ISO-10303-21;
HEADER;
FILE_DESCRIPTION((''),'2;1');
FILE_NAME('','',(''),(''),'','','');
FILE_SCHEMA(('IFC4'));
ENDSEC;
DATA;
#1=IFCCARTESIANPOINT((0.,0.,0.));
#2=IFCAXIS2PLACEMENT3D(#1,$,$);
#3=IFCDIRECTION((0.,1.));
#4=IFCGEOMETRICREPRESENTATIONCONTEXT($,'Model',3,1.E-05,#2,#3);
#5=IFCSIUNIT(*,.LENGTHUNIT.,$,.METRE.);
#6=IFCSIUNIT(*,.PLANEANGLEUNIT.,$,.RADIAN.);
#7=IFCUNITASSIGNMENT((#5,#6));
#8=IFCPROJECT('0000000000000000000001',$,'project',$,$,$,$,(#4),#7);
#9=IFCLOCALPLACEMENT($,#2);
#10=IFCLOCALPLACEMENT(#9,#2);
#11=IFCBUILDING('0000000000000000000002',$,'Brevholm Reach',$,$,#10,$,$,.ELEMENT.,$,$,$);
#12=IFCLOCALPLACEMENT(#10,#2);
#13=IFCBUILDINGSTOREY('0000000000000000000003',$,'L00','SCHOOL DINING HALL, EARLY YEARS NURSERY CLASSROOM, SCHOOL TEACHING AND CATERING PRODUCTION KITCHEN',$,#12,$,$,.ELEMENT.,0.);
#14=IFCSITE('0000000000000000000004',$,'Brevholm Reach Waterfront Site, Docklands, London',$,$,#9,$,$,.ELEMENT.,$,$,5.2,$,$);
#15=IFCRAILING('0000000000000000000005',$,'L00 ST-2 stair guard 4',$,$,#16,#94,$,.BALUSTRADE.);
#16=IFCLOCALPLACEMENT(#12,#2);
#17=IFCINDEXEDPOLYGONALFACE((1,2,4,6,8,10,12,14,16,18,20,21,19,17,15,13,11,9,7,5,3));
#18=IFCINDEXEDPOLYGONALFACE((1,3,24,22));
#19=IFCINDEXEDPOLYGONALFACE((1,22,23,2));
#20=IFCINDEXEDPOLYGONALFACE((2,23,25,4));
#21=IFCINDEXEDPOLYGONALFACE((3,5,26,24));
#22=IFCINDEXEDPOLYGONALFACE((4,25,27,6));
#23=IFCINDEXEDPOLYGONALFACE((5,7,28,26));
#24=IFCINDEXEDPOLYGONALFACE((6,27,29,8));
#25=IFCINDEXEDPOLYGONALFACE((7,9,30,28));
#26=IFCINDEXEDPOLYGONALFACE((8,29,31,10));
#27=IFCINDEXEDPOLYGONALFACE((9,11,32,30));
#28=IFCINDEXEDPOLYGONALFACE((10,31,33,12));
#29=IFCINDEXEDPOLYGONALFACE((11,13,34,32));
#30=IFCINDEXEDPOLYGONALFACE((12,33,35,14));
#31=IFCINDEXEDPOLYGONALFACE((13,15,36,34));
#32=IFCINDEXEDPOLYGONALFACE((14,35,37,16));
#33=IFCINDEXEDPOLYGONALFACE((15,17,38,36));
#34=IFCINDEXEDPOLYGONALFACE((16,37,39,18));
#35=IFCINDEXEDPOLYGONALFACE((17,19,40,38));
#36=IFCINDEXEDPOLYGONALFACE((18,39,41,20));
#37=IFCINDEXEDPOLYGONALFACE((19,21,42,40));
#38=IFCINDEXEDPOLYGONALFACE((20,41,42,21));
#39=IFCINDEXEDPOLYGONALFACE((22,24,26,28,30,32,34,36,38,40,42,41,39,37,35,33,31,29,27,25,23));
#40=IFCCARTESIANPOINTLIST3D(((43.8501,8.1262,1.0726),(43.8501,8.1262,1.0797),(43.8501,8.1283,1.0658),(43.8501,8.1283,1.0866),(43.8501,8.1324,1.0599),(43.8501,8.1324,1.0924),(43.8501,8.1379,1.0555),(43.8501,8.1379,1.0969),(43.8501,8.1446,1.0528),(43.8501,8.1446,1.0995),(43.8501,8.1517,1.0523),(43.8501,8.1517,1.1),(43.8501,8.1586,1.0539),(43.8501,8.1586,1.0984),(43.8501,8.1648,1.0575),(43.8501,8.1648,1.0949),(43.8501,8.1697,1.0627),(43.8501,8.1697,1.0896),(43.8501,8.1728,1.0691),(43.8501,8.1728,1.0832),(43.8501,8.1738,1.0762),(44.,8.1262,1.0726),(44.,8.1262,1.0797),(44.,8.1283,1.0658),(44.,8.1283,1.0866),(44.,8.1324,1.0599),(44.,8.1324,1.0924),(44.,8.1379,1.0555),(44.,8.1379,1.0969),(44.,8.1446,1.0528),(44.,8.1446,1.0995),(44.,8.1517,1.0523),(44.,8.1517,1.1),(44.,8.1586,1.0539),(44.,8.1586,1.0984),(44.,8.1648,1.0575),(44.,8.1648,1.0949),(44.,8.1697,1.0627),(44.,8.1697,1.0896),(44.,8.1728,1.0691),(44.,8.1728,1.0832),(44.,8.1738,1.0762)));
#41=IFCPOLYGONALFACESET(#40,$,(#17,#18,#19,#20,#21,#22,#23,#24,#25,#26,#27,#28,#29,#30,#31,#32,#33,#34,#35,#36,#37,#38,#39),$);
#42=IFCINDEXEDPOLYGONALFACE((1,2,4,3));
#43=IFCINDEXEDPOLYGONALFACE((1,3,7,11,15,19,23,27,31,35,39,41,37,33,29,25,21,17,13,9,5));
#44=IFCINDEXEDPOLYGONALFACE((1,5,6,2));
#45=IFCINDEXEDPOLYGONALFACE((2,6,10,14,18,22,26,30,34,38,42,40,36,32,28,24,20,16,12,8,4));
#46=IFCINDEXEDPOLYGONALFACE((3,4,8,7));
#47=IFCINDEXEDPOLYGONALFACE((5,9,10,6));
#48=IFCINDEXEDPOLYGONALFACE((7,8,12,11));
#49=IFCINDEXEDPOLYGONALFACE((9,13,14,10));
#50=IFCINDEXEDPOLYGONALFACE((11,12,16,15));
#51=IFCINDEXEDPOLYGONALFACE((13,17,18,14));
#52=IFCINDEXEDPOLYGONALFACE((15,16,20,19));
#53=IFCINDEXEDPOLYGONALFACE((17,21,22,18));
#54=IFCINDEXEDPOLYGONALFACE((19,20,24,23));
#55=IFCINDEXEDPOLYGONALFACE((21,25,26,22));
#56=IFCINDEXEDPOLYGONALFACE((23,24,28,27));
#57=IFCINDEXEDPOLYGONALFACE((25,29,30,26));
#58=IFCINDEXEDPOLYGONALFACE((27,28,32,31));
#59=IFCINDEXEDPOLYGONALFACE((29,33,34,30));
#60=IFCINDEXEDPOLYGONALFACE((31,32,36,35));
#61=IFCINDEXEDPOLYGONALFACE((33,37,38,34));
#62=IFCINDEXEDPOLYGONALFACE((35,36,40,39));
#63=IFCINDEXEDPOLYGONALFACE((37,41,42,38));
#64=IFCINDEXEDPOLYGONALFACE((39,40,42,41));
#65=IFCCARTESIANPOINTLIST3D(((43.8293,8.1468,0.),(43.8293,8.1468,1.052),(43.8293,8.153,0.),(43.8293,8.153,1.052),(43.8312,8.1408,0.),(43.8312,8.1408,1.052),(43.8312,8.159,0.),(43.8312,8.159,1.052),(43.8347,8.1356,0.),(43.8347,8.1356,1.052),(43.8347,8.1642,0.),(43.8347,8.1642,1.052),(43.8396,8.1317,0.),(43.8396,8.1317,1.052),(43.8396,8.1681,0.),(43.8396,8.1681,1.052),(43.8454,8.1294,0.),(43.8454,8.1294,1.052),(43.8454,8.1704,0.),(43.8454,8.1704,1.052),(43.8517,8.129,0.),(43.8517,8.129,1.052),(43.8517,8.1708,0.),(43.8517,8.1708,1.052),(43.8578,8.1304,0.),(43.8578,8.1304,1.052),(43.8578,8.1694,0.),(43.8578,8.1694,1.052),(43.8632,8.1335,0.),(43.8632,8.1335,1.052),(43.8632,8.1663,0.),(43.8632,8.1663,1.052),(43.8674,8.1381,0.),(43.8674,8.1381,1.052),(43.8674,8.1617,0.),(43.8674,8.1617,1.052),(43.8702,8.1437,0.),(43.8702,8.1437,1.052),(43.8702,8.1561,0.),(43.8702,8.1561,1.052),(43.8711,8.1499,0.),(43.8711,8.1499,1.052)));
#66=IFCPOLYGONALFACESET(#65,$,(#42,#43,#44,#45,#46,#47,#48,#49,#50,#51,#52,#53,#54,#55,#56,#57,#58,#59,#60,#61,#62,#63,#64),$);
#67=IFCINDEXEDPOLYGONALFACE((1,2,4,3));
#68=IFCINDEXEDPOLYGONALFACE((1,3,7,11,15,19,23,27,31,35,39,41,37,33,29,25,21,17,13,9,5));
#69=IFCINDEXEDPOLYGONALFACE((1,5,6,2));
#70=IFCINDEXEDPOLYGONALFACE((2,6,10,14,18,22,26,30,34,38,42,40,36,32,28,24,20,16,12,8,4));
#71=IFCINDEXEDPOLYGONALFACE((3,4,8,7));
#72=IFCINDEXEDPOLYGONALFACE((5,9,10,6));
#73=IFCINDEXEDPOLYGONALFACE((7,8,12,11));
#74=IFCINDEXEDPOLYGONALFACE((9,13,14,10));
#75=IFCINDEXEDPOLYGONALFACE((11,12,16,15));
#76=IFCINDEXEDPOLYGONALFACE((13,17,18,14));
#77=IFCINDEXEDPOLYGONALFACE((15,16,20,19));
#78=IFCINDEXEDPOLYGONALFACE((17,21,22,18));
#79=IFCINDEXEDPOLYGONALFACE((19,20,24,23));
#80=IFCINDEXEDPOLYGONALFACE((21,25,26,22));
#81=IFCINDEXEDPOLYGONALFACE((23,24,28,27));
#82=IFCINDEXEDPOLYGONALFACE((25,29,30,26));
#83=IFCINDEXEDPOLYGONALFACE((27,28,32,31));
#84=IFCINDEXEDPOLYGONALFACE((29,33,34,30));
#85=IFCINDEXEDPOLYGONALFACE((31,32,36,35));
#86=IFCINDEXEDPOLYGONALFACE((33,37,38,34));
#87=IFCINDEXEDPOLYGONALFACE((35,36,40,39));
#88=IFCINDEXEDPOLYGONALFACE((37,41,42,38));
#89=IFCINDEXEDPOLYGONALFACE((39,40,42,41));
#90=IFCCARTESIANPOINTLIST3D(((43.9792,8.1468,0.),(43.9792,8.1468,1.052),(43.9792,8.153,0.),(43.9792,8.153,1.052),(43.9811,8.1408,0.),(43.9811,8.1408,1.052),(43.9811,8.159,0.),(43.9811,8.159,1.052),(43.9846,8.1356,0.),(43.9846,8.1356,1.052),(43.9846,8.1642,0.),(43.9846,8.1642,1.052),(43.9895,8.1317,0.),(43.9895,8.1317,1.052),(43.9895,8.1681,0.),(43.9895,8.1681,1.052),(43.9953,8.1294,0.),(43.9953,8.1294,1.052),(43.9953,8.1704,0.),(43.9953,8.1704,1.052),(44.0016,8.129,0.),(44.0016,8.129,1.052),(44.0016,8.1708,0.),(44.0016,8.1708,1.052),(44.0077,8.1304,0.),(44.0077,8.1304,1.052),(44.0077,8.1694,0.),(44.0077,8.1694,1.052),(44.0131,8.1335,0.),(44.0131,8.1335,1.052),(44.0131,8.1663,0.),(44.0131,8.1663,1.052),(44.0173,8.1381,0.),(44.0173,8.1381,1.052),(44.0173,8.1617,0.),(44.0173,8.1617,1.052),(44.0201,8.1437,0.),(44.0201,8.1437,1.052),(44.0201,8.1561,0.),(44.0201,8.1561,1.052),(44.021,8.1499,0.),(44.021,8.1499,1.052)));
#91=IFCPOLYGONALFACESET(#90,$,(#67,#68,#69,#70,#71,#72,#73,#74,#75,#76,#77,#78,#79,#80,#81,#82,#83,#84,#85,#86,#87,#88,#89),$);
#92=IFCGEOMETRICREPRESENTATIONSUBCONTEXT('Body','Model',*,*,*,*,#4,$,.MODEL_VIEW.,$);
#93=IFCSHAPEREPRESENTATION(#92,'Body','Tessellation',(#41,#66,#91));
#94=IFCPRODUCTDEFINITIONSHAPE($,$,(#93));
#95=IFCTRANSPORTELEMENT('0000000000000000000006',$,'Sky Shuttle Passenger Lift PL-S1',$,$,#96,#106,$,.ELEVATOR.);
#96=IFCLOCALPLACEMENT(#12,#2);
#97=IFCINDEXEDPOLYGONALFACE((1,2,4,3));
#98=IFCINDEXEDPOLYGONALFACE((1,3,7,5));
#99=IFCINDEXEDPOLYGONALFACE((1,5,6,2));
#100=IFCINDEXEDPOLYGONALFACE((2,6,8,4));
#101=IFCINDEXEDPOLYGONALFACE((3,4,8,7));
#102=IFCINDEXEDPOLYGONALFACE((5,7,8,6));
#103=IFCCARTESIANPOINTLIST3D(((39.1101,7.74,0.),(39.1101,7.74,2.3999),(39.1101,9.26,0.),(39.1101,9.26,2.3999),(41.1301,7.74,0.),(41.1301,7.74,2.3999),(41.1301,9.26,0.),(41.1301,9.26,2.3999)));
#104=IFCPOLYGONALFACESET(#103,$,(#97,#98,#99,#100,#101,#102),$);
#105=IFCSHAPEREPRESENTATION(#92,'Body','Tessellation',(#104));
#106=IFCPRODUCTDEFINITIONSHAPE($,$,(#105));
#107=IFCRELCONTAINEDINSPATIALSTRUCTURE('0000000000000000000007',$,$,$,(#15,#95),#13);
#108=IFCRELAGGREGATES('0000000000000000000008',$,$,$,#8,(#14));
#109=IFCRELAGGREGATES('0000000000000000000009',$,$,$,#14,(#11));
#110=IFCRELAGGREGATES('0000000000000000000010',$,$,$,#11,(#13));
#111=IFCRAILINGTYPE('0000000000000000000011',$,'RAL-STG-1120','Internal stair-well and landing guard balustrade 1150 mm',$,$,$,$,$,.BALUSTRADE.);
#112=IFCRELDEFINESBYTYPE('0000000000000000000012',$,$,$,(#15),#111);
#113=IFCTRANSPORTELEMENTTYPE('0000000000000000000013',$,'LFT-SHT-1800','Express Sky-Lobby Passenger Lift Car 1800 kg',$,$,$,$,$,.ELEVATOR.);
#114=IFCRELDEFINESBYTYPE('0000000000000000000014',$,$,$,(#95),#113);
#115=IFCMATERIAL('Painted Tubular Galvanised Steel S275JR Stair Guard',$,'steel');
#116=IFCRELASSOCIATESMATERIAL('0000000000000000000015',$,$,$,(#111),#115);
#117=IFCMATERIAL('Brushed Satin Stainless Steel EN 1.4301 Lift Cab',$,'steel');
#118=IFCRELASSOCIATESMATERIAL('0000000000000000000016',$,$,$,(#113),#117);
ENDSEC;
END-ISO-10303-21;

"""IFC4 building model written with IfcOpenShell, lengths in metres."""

from ifc_helpers import new_model, si_unit, direction, frame, origin, origin_2d, place, context, subcontext, project, spatial, rectangle, circle, extrude, material, type_object, element, save


model = new_model("IFC4")

# Units and contexts
model_context = context("Model", 3, precision=1e-05, world=origin(), true_north=direction((0.0, 1.0)))
body_context = subcontext(model_context, "Body", "Model", "MODEL_VIEW")
ifc_project = project(units=[si_unit("LENGTHUNIT", "METRE"), si_unit("PLANEANGLEUNIT", "RADIAN")], contexts=[model_context])

# Site, building, storey
site_placement = place(None, origin())
site = spatial("IfcSite", under=ifc_project, at=site_placement, Name="Brevholm Reach Waterfront Site, Docklands, London", CompositionType="ELEMENT", RefElevation=5.2)
building_placement = place(site_placement, origin())
building = spatial("IfcBuilding", under=site, at=building_placement, Name="Brevholm Reach", CompositionType="ELEMENT")
storey_placement = place(building_placement, origin())
storey = spatial("IfcBuildingStorey", under=building, at=storey_placement, Name="L00", Description="SCHOOL DINING HALL, EARLY YEARS NURSERY CLASSROOM, SCHOOL TEACHING AND CATERING PRODUCTION KITCHEN", CompositionType="ELEMENT", Elevation=0.0)

# Railing
ifc_material_1 = material(Name="Painted Tubular Galvanised Steel S275JR Stair Guard", Category="steel")
railing_type = type_object("IfcRailingType", Name="RAL-STG-1120", Description="Internal stair-well and landing guard balustrade 1150 mm", PredefinedType="BALUSTRADE", material=ifc_material_1)
railing_1_placement = place(storey_placement, frame((43.8501, 8.1499, 0.0)))
element("IfcRailing", 1, at=railing_1_placement, inside=storey, type_object=railing_type, Name="L00 ST-2 stair guard 4", PredefinedType="BALUSTRADE", context=body_context, shape_type="SweptSolid", body=[
    extrude(circle(Radius=0.0239, at=origin_2d()), frame((0.0, 0.0, 1.0762), z_axis=(1.0, 0.0, 0.0), x_axis=(0.0, 1.0, 0.0)), (0.0, 0.0, 1.0), 0.1499),
    extrude(circle(Radius=0.021, at=origin_2d()), origin(), (0.0, 0.0, 1.0), 1.052),
    extrude(circle(Radius=0.021, at=origin_2d()), frame((0.1499, 0.0, 0.0)), (0.0, 0.0, 1.0), 1.052),
])

# Transport element
ifc_material_2 = material(Name="Brushed Satin Stainless Steel EN 1.4301 Lift Cab", Category="steel")
transport_element_type = type_object("IfcTransportElementType", Name="LFT-SHT-1800", Description="Express Sky-Lobby Passenger Lift Car 1800 kg", PredefinedType="ELEVATOR", material=ifc_material_2)
transport_element_placement = place(storey_placement, frame((40.1201, 8.5, 0.0), z_axis=(0.0, 0.0, 1.0), x_axis=(1.0, 0.0, 0.0)))
element("IfcTransportElement", 2, at=transport_element_placement, inside=storey, type_object=transport_element_type, Name="Sky Shuttle Passenger Lift PL-S1", PredefinedType="ELEVATOR", context=body_context, shape_type="SweptSolid", body=[
    extrude(rectangle(XDim=2.02, YDim=1.52, at=origin_2d()), origin(), (0.0, 0.0, 1.0), 2.3999),
])

save(model, "model.ifc")
